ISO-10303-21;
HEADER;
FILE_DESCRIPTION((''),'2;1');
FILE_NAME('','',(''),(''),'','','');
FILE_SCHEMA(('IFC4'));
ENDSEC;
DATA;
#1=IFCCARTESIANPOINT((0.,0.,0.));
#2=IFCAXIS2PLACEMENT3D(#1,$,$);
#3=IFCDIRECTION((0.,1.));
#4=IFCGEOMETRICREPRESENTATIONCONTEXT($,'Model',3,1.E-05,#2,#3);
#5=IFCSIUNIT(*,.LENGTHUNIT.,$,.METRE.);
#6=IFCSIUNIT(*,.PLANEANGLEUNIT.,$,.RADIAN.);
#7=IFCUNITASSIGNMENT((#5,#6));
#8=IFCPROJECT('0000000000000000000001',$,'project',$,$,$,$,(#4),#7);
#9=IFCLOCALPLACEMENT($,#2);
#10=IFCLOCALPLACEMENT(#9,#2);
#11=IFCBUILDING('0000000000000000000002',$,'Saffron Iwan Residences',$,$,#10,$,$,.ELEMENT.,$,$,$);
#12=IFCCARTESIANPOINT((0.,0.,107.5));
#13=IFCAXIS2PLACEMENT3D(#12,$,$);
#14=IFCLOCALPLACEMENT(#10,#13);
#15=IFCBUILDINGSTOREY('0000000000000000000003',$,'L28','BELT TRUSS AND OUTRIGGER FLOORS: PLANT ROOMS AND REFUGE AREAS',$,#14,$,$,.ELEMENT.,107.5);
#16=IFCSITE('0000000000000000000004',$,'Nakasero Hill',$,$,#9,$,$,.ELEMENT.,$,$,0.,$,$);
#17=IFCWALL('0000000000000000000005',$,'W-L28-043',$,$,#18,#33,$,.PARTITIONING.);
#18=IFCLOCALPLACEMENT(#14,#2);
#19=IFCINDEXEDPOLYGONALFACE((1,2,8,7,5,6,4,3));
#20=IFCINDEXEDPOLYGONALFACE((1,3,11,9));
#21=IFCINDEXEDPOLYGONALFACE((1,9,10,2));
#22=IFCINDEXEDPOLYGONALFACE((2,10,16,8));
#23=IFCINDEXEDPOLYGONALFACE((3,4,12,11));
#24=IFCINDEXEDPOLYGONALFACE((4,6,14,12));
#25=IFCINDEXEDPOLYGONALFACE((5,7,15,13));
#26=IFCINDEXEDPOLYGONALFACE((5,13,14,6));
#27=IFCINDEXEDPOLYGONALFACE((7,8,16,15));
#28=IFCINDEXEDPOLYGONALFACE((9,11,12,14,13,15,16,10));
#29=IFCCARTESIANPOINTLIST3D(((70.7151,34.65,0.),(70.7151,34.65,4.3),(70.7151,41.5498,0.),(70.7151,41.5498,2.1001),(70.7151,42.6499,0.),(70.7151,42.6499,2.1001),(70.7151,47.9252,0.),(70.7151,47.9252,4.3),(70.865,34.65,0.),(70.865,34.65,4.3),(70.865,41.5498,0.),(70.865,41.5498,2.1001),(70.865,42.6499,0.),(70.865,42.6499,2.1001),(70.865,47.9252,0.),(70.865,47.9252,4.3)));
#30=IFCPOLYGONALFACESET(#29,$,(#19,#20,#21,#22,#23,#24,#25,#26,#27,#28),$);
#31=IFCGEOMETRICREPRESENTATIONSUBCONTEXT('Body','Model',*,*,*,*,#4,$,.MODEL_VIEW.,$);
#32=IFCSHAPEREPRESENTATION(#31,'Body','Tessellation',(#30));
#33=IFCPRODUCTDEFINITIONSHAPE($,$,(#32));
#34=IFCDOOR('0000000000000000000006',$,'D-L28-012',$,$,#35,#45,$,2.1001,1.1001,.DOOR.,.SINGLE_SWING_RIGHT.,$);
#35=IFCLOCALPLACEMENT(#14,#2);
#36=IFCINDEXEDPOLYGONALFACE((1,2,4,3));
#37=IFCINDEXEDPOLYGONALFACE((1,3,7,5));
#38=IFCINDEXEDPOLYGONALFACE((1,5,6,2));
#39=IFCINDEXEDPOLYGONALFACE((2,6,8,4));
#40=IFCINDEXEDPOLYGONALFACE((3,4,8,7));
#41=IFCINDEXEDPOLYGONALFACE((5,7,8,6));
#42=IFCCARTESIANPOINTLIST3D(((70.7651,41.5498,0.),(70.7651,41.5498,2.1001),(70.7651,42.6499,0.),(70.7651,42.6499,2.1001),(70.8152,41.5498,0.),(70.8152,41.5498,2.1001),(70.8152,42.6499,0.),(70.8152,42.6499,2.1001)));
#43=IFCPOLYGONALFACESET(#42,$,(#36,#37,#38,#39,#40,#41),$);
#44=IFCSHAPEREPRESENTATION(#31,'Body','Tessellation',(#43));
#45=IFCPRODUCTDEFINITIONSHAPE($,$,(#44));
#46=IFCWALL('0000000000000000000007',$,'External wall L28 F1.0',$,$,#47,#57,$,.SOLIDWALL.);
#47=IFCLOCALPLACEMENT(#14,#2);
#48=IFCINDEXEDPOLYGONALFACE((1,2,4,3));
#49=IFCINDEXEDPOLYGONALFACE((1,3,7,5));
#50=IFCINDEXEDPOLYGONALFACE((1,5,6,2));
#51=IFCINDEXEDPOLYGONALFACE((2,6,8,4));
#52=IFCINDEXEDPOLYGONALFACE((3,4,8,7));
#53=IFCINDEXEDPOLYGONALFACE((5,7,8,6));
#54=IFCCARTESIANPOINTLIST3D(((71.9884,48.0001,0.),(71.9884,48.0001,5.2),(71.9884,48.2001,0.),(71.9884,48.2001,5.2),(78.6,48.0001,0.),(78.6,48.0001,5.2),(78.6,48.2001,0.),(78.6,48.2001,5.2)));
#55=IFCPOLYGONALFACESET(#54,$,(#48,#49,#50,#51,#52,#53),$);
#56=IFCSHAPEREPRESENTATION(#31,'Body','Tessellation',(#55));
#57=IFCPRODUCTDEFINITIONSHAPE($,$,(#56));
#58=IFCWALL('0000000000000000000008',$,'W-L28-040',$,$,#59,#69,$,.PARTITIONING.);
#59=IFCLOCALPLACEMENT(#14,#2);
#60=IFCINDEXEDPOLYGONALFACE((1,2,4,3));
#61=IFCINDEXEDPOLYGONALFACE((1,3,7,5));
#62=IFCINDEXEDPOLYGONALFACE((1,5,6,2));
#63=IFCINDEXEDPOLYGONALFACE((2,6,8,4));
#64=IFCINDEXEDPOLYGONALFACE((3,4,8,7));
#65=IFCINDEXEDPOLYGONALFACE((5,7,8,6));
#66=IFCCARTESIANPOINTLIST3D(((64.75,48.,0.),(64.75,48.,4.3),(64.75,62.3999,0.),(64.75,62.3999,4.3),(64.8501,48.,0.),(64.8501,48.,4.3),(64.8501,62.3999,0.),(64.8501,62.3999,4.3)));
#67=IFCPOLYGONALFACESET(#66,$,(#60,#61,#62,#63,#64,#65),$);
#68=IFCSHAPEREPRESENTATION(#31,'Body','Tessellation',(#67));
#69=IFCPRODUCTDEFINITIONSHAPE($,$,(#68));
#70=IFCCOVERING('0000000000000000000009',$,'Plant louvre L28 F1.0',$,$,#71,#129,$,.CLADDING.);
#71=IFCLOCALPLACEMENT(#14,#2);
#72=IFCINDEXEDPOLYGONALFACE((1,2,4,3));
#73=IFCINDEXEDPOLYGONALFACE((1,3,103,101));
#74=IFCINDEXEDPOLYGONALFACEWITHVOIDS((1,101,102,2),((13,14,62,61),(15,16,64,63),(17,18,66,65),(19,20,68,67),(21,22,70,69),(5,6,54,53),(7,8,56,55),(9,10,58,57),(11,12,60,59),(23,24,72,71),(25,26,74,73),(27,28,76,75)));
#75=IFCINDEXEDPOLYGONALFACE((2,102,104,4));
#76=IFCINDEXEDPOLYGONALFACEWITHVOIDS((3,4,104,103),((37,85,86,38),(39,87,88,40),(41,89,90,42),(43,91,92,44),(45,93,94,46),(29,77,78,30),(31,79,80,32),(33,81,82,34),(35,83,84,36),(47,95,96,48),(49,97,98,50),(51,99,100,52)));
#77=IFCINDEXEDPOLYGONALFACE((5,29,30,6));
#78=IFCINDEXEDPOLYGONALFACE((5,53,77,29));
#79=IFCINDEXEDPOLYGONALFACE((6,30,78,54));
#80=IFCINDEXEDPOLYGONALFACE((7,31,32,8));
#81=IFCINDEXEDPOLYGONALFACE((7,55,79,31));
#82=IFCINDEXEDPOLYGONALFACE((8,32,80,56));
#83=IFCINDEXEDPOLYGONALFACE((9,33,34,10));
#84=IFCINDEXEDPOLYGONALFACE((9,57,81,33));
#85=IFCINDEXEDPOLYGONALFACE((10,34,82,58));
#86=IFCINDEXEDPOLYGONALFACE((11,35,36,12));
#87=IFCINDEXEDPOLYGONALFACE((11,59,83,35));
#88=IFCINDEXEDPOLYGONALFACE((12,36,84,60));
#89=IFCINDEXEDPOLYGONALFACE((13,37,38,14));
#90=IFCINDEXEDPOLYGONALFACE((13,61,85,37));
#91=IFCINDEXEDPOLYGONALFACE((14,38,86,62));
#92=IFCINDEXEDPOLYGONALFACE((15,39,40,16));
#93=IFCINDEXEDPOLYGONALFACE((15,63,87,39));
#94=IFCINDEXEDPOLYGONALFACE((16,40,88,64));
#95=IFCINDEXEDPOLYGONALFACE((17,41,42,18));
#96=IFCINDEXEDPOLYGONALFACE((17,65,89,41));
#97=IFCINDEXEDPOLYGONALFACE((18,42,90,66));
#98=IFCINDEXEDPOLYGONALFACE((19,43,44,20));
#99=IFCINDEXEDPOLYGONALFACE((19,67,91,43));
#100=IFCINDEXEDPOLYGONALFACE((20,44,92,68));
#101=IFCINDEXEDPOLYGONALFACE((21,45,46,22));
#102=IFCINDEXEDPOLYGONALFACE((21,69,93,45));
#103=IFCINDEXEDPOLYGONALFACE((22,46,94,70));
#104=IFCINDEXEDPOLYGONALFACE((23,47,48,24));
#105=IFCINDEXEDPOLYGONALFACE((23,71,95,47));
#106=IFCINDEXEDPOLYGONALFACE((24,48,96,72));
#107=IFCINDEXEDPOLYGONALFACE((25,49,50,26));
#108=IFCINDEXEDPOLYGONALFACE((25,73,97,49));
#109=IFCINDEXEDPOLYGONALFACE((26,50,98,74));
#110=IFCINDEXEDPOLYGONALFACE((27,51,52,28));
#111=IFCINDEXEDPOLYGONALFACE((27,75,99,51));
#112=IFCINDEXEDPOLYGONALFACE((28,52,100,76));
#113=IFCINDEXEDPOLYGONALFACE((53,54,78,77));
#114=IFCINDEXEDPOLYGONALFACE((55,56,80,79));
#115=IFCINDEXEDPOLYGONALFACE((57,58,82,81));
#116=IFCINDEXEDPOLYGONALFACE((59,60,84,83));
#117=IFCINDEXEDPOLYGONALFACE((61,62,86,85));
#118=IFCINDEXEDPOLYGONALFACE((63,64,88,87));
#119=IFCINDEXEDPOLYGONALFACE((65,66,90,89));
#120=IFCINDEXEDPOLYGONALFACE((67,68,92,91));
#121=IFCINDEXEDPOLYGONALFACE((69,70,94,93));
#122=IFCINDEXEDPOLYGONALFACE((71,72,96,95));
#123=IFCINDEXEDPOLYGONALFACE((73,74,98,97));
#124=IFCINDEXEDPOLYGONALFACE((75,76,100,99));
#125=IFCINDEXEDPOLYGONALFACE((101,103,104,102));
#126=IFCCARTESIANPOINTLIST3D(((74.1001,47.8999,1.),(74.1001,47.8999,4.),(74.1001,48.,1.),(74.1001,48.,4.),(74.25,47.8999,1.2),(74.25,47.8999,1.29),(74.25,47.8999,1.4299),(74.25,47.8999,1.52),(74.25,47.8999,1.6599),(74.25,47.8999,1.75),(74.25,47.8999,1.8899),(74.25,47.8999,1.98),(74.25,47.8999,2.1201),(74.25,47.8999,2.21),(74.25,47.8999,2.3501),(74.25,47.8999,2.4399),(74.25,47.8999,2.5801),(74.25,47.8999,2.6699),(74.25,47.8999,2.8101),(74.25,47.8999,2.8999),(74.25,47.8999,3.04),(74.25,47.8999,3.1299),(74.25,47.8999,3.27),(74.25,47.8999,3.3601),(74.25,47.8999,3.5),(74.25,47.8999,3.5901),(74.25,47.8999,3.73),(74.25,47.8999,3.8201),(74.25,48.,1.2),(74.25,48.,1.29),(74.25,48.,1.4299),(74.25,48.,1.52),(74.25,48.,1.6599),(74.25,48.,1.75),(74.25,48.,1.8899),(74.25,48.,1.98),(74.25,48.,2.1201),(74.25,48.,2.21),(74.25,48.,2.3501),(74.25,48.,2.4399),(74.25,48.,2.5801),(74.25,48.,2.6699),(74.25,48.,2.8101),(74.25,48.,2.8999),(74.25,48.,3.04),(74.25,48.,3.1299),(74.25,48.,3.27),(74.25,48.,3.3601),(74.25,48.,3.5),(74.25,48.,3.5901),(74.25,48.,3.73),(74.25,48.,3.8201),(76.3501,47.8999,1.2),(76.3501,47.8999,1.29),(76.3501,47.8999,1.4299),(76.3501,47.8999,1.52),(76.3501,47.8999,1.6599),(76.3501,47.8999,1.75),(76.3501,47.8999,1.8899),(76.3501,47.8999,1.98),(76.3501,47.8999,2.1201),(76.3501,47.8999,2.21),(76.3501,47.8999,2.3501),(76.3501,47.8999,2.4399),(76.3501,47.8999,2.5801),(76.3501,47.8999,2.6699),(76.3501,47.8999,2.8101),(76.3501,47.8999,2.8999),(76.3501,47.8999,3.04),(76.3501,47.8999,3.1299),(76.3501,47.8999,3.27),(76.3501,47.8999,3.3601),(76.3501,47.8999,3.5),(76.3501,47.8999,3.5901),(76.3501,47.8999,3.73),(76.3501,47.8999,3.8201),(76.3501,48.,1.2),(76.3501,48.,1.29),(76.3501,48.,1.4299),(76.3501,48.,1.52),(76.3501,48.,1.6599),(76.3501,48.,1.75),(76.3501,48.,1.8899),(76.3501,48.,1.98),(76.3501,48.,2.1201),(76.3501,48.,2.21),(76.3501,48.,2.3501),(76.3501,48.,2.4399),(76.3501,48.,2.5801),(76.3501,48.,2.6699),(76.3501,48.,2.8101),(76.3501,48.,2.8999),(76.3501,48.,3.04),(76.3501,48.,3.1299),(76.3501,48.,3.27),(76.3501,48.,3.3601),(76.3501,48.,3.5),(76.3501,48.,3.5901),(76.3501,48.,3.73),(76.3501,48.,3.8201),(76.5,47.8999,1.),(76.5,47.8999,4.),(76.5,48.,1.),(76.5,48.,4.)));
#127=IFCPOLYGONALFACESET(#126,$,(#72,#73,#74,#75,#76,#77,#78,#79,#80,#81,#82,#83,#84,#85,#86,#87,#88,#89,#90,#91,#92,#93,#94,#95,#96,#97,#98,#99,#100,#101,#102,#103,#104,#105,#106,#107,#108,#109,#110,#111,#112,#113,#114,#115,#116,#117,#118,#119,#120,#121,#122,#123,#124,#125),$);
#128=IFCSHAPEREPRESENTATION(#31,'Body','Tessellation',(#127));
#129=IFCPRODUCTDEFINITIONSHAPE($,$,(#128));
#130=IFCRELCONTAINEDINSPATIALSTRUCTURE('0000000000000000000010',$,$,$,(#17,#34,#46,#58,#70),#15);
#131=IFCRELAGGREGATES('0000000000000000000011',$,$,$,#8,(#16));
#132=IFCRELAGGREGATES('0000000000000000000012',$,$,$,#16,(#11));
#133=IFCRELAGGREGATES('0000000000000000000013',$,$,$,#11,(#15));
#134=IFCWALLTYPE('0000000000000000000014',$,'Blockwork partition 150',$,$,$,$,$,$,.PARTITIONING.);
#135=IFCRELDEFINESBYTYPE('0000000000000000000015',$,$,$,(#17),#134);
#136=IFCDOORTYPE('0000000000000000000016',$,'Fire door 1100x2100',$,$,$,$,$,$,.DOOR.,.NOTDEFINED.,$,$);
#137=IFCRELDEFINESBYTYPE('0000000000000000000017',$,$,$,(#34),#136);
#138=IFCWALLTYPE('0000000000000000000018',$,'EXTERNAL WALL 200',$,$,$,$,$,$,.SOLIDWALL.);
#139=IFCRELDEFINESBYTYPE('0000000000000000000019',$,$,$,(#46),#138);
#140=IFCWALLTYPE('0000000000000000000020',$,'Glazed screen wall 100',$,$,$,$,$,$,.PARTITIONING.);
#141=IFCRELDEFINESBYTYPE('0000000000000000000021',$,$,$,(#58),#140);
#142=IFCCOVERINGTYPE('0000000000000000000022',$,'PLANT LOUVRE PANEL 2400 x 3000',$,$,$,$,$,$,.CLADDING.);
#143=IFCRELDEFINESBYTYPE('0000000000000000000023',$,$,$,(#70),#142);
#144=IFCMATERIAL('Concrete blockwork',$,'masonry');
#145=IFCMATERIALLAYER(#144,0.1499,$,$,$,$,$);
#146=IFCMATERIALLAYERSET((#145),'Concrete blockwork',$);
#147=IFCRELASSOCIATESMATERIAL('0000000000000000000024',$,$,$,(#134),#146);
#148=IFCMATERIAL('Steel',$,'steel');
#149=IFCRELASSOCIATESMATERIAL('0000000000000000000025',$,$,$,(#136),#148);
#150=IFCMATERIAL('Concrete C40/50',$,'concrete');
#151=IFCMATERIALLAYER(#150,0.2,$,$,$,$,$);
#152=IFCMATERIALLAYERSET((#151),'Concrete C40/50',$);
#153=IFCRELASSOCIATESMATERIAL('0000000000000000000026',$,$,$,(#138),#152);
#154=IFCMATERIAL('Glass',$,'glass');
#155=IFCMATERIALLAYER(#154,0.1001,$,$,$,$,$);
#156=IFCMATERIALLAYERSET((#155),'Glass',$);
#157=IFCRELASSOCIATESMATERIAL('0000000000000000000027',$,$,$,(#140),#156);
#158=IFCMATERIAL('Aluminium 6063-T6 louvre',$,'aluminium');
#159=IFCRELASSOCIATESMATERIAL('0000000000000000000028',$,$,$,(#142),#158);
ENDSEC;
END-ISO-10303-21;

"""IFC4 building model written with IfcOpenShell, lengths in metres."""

from ifc_helpers import new_model, si_unit, direction, frame, frame_2d, origin, place, context, subcontext, project, spatial, polyline, rectangle, outline, extrude, material, layer, layer_set, type_object, element, fill, save


model = new_model("IFC4")

# Units and contexts
model_context = context("Model", 3, precision=1e-05, world=origin(), true_north=direction((0.0, 1.0)))
body_context = subcontext(model_context, "Body", "Model", "MODEL_VIEW")
ifc_project = project(units=[si_unit("LENGTHUNIT", "METRE"), si_unit("PLANEANGLEUNIT", "RADIAN")], contexts=[model_context])

# Site, building, storey
site_placement = place(None, origin())
site = spatial("IfcSite", under=ifc_project, at=site_placement, Name="Nakasero Hill", CompositionType="ELEMENT", RefElevation=0.0)
building_placement = place(site_placement, origin())
building = spatial("IfcBuilding", under=site, at=building_placement, Name="Saffron Iwan Residences", CompositionType="ELEMENT")
storey_placement = place(building_placement, frame((0.0, 0.0, 107.5)))
storey = spatial("IfcBuildingStorey", under=building, at=storey_placement, Name="L28", Description="BELT TRUSS AND OUTRIGGER FLOORS: PLANT ROOMS AND REFUGE AREAS", CompositionType="ELEMENT", Elevation=107.5)

# Shared definitions
ifc_material_1 = material(Name="Concrete blockwork", Category="masonry")
ifc_layer_1 = layer(ifc_material_1, 0.1499)
ifc_layer_set_1 = layer_set([ifc_layer_1], Name="Concrete blockwork")
wall_type_1 = type_object("IfcWallType", Name="Blockwork partition 150", PredefinedType="PARTITIONING", material=ifc_layer_set_1)

# Shared definitions
ifc_material_2 = material(Name="Steel", Category="steel")
door_type = type_object("IfcDoorType", Name="Fire door 1100x2100", OperationType="NOTDEFINED", PredefinedType="DOOR", material=ifc_material_2)

# Wall, opening, door
wall_1_placement = place(storey_placement, frame((70.79, 34.6499, 0.0), z_axis=(0.0, 0.0, 1.0), x_axis=(0.0, 1.0, 0.0)))
wall_1 = element("IfcWall", 1, at=wall_1_placement, inside=storey, type_object=wall_type_1, Name="W-L28-043", PredefinedType="PARTITIONING", context=body_context, shape_type="SweptSolid", body=[
    extrude(rectangle(XDim=13.2751, YDim=0.1499, at=frame_2d((6.6377, 0.0))), origin(), (0.0, 0.0, 1.0), 4.3),
])
opening_1_placement = place(wall_1_placement, frame((6.8999, 0.0, 0.0)))
opening_1 = element("IfcOpeningElement", 2, at=opening_1_placement, cuts=wall_1, PredefinedType="OPENING", context=body_context, shape_type="SweptSolid", body=[
    extrude(rectangle(XDim=1.1001, YDim=2.1001, at=frame_2d((0.55, 1.05))), frame((0.0, 0.085, 0.0), z_axis=(0.0, -1.0, 0.0), x_axis=(1.0, 0.0, 0.0)), (0.0, 0.0, 1.0), 0.1699),
])
door_1_placement = place(opening_1_placement, origin())
door_1 = element("IfcDoor", 3, at=door_1_placement, inside=storey, type_object=door_type, Name="D-L28-012", OperationType="SINGLE_SWING_RIGHT", OverallHeight=2.1001, OverallWidth=1.1001, PredefinedType="DOOR", context=body_context, shape_type="SweptSolid", body=[
    extrude(rectangle(XDim=1.1001, YDim=2.1001, at=frame_2d((0.55, 1.05))), frame((0.0, 0.0249, 0.0), z_axis=(0.0, -1.0, 0.0), x_axis=(1.0, 0.0, 0.0)), (0.0, 0.0, 1.0), 0.05),
])
fill(opening_1, door_1)

# Walls
ifc_material_3 = material(Name="Concrete C40/50", Category="concrete")
ifc_layer_2 = layer(ifc_material_3, 0.2)
ifc_layer_set_2 = layer_set([ifc_layer_2], Name="Concrete C40/50")
wall_type_2 = type_object("IfcWallType", Name="EXTERNAL WALL 200", PredefinedType="SOLIDWALL", material=ifc_layer_set_2)
wall_2_placement = place(storey_placement, frame((71.9885, 48.1001, 0.0), z_axis=(0.0, 0.0, 1.0), x_axis=(1.0, 0.0, 0.0)))
element("IfcWall", 4, at=wall_2_placement, inside=storey, type_object=wall_type_2, Name="External wall L28 F1.0", PredefinedType="SOLIDWALL", context=body_context, shape_type="SweptSolid", body=[
    extrude(rectangle(XDim=6.6116, YDim=0.2, at=frame_2d((3.3057, 0.0))), origin(), (0.0, 0.0, 1.0), 5.2),
])
ifc_material_4 = material(Name="Glass", Category="glass")
ifc_layer_3 = layer(ifc_material_4, 0.1001)
ifc_layer_set_3 = layer_set([ifc_layer_3], Name="Glass")
wall_type_3 = type_object("IfcWallType", Name="Glazed screen wall 100", PredefinedType="PARTITIONING", material=ifc_layer_set_3)
wall_3_placement = place(storey_placement, frame((64.8, 48.0, 0.0), z_axis=(0.0, 0.0, 1.0), x_axis=(0.0, 1.0, 0.0)))
element("IfcWall", 5, at=wall_3_placement, inside=storey, type_object=wall_type_3, Name="W-L28-040", PredefinedType="PARTITIONING", context=body_context, shape_type="SweptSolid", body=[
    extrude(rectangle(XDim=14.3999, YDim=0.1001, at=frame_2d((7.2, 0.0))), origin(), (0.0, 0.0, 1.0), 4.3),
])

# Covering
ifc_material_5 = material(Name="Aluminium 6063-T6 louvre", Category="aluminium")
covering_type = type_object("IfcCoveringType", Name="PLANT LOUVRE PANEL 2400 x 3000", PredefinedType="CLADDING", material=ifc_material_5)
covering_placement = place(storey_placement, frame((74.1001, 48.0, 1.0), z_axis=(0.0, -1.0, 0.0), x_axis=(1.0, 0.0, 0.0)))
element("IfcCovering", 6, at=covering_placement, inside=storey, type_object=covering_type, Name="Plant louvre L28 F1.0", PredefinedType="CLADDING", context=body_context, shape_type="SweptSolid", body=[
    extrude(outline(polyline([(0.0, 0.0), (2.3999, 0.0), (2.3999, 3.0), (0.0, 3.0), (0.0, 0.0)]), holes=[polyline([(0.1499, 0.2), (2.25, 0.2), (2.25, 0.29), (0.1499, 0.29), (0.1499, 0.2)]), polyline([(0.1499, 0.4299), (2.25, 0.4299), (2.25, 0.52), (0.1499, 0.52), (0.1499, 0.4299)]), polyline([(0.1499, 0.6599), (2.25, 0.6599), (2.25, 0.75), (0.1499, 0.75), (0.1499, 0.6599)]), polyline([(0.1499, 0.8899), (2.25, 0.8899), (2.25, 0.98), (0.1499, 0.98), (0.1499, 0.8899)]), polyline([(0.1499, 1.1201), (2.25, 1.1201), (2.25, 1.21), (0.1499, 1.21), (0.1499, 1.1201)]), polyline([(0.1499, 1.3501), (2.25, 1.3501), (2.25, 1.4399), (0.1499, 1.4399), (0.1499, 1.3501)]), polyline([(0.1499, 1.5801), (2.25, 1.5801), (2.25, 1.6699), (0.1499, 1.6699), (0.1499, 1.5801)]), polyline([(0.1499, 1.8101), (2.25, 1.8101), (2.25, 1.8999), (0.1499, 1.8999), (0.1499, 1.8101)]), polyline([(0.1499, 2.04), (2.25, 2.04), (2.25, 2.1299), (0.1499, 2.1299), (0.1499, 2.04)]), polyline([(0.1499, 2.27), (2.25, 2.27), (2.25, 2.3601), (0.1499, 2.3601), (0.1499, 2.27)]), polyline([(0.1499, 2.5), (2.25, 2.5), (2.25, 2.5901), (0.1499, 2.5901), (0.1499, 2.5)]), polyline([(0.1499, 2.73), (2.25, 2.73), (2.25, 2.8201), (0.1499, 2.8201), (0.1499, 2.73)])]), origin(), (0.0, 0.0, 1.0), 0.1001),
])

save(model, "model.ifc")
